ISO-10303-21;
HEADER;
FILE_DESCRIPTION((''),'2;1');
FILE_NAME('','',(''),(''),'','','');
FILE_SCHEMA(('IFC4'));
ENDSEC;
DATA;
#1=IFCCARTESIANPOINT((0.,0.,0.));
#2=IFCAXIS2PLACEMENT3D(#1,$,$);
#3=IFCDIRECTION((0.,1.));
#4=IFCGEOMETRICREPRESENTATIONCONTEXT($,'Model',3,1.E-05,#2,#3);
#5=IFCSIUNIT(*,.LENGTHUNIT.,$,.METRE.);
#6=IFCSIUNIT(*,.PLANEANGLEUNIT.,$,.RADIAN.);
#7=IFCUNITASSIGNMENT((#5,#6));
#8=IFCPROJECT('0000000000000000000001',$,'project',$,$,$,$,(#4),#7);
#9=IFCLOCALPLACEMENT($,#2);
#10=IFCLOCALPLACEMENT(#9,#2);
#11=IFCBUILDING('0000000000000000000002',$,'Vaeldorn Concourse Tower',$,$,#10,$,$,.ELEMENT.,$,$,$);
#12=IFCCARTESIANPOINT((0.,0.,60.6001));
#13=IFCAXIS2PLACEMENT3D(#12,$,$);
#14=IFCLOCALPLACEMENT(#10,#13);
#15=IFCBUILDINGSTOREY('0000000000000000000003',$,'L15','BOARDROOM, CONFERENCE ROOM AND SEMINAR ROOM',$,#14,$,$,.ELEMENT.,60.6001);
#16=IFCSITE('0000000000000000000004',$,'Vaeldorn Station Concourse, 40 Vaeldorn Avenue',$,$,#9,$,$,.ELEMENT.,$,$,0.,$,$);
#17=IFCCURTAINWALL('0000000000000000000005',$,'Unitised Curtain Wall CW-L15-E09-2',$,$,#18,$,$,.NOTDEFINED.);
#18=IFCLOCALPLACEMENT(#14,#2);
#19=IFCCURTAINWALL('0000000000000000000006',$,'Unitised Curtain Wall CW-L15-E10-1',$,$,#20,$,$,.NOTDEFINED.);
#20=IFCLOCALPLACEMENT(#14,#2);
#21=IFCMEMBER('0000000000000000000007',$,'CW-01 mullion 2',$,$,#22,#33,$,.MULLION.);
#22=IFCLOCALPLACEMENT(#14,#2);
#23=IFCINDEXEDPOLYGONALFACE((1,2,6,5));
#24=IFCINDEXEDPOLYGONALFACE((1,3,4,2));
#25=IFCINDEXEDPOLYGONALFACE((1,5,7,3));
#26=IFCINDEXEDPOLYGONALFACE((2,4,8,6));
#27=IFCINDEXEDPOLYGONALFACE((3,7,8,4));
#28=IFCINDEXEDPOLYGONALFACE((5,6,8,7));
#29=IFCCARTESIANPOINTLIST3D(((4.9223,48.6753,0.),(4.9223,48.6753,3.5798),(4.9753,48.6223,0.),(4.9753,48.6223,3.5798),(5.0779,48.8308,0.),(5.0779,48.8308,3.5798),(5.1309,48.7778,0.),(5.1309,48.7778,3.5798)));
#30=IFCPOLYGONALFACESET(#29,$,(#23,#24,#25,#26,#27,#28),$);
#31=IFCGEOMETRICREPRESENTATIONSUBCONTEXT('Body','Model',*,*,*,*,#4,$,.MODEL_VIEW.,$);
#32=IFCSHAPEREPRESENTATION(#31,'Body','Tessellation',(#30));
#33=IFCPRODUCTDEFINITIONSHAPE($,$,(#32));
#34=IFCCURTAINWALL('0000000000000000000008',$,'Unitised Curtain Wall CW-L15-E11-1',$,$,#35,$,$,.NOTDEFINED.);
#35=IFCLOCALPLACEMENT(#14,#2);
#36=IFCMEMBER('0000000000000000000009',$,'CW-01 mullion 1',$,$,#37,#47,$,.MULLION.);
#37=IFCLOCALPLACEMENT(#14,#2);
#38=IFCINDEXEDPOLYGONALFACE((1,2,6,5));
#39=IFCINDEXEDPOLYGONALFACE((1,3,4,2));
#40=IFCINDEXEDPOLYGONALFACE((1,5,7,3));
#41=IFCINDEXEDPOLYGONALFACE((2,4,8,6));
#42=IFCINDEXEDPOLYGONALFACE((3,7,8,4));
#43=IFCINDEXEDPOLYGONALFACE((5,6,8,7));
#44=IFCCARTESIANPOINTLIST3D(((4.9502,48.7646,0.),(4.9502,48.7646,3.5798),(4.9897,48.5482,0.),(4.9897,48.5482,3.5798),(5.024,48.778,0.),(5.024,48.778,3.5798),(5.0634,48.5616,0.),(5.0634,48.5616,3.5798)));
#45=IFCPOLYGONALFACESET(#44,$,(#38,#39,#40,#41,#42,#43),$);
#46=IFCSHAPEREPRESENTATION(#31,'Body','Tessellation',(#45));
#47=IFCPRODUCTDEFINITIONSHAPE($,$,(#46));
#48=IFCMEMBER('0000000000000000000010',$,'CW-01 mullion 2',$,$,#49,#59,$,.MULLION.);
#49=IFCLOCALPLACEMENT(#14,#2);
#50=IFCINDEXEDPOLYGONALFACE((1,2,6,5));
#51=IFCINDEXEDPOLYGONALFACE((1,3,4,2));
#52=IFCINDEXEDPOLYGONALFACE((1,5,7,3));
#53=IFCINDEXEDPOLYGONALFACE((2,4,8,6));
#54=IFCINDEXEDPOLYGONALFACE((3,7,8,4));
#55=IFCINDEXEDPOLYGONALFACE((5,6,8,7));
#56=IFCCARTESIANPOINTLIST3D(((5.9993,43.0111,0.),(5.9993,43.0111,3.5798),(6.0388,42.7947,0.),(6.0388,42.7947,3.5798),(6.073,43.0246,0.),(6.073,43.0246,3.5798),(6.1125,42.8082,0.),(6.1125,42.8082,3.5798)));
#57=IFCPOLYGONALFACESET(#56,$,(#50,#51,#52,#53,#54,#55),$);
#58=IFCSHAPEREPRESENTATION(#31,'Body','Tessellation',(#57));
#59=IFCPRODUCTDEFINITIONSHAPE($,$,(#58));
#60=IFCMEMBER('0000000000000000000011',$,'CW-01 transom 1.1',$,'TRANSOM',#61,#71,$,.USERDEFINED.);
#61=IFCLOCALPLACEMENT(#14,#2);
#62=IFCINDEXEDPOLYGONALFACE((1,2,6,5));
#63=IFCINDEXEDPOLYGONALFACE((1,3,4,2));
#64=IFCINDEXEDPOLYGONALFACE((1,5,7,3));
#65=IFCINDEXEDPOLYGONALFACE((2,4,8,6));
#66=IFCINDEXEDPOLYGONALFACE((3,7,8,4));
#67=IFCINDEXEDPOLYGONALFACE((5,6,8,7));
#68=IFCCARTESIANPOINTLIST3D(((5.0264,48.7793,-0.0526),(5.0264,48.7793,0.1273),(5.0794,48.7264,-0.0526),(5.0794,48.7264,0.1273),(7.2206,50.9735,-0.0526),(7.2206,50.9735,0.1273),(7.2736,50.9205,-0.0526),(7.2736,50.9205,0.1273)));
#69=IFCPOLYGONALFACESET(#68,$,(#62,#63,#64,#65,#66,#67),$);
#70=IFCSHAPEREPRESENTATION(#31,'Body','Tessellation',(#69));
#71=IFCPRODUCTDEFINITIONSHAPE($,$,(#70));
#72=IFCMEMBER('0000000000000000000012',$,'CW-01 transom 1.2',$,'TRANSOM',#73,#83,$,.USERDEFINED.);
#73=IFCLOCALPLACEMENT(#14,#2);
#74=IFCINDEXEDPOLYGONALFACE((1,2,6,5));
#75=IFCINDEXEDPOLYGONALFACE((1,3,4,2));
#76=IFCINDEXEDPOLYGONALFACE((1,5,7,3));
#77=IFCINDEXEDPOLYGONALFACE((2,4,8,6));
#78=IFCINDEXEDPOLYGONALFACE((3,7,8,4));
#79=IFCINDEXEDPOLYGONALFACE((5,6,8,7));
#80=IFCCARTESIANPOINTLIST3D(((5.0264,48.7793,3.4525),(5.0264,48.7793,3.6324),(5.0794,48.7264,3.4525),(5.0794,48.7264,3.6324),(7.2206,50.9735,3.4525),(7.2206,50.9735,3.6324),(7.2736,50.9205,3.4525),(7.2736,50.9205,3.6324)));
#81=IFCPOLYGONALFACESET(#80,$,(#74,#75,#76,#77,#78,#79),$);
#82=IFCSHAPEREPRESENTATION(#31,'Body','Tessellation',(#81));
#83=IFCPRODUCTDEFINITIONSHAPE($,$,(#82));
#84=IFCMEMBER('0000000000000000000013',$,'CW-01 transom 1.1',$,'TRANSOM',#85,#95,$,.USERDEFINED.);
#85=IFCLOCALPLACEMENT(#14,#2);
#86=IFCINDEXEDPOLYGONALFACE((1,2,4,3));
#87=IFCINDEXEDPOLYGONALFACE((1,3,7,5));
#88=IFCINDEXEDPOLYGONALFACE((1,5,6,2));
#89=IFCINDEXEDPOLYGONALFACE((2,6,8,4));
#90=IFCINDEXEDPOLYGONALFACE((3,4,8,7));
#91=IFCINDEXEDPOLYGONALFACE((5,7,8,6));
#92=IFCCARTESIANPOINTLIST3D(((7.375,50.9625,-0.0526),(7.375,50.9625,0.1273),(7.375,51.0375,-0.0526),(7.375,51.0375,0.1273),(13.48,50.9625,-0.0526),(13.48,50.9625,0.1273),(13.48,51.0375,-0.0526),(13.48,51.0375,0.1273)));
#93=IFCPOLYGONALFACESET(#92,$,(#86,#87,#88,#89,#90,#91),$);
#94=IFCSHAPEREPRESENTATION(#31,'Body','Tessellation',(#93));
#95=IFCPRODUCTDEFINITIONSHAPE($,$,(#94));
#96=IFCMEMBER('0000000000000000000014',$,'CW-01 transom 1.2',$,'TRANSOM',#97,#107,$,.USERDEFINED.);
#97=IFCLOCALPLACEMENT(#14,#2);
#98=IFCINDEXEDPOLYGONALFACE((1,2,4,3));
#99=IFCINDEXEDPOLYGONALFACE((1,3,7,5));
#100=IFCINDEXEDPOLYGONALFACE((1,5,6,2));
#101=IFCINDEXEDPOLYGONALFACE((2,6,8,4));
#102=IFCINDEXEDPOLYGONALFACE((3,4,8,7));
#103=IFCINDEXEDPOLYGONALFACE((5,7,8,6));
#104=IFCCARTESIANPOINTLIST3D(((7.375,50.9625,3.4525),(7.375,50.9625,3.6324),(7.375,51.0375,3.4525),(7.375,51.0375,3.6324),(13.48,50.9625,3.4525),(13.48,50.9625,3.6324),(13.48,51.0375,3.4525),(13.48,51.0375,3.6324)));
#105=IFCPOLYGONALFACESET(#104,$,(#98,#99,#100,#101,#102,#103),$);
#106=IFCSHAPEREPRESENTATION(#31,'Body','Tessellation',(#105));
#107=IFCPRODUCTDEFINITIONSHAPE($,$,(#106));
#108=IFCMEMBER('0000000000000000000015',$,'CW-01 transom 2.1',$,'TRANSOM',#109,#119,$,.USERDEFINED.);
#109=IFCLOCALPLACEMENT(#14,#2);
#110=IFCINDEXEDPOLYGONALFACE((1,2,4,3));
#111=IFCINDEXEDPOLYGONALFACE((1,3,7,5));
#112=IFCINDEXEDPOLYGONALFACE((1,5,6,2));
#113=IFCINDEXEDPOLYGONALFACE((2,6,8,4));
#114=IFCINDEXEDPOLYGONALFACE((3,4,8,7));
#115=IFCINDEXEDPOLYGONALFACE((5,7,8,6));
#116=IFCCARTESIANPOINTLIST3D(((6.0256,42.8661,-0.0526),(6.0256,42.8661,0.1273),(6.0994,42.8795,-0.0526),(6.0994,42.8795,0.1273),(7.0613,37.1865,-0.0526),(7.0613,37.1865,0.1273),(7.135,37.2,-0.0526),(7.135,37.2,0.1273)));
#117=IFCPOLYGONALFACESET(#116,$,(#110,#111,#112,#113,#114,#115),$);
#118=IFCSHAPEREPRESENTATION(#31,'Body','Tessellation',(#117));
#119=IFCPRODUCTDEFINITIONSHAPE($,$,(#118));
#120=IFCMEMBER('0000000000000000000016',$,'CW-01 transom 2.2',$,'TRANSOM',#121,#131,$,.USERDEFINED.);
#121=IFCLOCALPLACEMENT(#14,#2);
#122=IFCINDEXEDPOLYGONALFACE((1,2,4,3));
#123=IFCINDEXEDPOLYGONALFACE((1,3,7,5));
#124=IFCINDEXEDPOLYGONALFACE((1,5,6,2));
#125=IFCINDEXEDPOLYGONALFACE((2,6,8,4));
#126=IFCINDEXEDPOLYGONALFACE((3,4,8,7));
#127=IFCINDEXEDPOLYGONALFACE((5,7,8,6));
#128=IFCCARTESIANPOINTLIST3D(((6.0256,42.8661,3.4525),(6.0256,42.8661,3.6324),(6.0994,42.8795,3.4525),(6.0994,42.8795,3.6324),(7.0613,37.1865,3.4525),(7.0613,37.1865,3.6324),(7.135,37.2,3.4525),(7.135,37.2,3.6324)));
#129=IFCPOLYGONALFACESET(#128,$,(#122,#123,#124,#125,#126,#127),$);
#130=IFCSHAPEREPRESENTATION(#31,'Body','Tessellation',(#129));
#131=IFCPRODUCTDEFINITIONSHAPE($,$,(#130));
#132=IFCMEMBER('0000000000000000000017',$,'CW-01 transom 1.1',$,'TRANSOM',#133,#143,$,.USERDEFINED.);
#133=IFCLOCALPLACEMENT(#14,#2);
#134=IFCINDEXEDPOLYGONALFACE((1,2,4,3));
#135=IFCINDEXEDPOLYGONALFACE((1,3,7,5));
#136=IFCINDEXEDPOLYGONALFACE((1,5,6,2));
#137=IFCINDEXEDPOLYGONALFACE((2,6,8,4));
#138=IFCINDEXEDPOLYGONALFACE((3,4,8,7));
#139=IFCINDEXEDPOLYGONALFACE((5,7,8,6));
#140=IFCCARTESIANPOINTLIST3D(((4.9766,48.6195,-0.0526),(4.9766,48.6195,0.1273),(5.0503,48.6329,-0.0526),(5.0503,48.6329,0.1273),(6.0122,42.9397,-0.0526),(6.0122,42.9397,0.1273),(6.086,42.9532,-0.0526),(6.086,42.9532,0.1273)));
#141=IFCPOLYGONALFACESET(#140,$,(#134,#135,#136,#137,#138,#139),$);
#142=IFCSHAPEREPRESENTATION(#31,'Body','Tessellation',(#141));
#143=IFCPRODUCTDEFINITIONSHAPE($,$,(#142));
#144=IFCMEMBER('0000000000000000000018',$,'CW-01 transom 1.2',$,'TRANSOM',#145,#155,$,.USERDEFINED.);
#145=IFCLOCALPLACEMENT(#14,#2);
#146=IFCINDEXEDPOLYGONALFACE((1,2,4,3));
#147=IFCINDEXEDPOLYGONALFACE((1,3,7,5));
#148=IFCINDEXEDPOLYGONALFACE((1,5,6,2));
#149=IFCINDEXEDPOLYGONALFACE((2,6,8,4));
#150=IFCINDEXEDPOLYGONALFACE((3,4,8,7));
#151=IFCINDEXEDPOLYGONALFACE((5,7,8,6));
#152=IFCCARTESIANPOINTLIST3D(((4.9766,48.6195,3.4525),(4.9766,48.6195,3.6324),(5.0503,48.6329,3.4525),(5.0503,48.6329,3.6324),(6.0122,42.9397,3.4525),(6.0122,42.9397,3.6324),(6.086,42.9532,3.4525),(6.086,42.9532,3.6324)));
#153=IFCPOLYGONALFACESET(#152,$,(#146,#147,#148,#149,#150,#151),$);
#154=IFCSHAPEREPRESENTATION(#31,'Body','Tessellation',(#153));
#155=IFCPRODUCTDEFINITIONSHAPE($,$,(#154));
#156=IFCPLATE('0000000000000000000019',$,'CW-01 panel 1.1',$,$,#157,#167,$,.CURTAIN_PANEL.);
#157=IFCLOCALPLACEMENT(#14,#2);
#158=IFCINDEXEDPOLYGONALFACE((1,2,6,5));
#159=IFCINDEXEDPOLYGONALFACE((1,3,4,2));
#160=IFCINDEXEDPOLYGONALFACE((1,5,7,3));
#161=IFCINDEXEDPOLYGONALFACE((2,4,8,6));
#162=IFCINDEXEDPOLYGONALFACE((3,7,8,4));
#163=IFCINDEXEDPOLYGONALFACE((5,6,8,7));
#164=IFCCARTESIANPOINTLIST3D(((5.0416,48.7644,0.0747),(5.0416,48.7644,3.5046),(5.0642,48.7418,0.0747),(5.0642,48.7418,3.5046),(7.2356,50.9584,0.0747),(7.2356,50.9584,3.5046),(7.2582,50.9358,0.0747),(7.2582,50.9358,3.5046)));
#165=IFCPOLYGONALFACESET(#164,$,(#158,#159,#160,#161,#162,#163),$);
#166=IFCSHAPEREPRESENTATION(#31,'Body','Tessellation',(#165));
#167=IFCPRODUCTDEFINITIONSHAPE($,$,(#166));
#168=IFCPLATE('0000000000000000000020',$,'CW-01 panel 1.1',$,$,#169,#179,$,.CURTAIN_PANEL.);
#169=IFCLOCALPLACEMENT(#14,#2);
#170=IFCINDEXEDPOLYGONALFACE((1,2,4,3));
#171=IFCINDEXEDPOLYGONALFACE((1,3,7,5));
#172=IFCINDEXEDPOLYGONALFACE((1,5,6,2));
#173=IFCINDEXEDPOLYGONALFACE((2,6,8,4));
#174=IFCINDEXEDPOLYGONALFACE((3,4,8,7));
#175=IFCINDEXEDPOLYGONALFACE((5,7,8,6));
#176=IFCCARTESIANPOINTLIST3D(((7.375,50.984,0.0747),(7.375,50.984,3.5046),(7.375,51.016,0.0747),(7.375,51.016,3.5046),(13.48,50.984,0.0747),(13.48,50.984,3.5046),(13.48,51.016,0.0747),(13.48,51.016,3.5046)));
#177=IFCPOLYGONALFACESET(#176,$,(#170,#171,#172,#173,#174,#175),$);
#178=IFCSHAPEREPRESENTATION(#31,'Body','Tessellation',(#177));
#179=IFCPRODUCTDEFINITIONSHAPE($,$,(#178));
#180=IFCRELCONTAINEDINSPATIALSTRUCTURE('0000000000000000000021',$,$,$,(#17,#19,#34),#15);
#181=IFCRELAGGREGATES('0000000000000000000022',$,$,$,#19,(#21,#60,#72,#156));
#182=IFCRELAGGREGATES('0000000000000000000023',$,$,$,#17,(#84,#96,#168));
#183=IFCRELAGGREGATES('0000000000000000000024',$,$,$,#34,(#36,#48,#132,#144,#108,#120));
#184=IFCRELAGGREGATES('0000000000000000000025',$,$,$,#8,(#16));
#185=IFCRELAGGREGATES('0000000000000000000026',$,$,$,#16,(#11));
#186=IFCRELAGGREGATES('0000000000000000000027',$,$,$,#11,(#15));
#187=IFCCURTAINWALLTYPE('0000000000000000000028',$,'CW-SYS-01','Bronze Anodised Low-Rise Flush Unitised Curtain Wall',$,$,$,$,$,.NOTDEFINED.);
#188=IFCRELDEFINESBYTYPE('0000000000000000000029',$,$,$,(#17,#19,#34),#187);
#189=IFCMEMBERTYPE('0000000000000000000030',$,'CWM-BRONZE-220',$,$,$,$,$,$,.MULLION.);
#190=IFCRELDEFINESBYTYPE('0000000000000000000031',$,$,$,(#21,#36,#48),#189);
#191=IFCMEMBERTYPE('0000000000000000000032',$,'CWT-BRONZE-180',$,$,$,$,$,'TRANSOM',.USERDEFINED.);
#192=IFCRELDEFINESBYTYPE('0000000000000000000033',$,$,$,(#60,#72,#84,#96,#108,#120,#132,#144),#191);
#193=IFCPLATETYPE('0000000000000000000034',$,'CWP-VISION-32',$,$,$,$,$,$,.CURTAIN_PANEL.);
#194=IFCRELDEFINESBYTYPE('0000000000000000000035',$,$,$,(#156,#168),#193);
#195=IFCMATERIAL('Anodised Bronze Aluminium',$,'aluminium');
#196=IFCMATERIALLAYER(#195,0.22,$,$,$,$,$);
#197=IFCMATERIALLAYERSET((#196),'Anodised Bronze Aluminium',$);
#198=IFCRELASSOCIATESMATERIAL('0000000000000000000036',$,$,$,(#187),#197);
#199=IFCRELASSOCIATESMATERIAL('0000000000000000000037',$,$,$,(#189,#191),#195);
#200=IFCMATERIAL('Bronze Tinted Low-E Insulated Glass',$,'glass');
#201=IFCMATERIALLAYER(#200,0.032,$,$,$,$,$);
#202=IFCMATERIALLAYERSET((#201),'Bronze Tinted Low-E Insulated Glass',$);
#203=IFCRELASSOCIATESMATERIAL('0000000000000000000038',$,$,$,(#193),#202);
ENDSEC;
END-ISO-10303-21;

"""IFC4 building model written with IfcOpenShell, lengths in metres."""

from ifc_helpers import new_model, si_unit, direction, frame, origin, origin_2d, place, context, subcontext, project, spatial, rectangle, extrude, source, transform, mapped, material, layer, layer_set, material_profile, profile_set, type_object, element, aggregate, save


model = new_model("IFC4")

# Units and contexts
model_context = context("Model", 3, precision=1e-05, world=origin(), true_north=direction((0.0, 1.0)))
body_context = subcontext(model_context, "Body", "Model", "MODEL_VIEW")
ifc_project = project(units=[si_unit("LENGTHUNIT", "METRE"), si_unit("PLANEANGLEUNIT", "RADIAN")], contexts=[model_context])

# Site, building, storey
site_placement = place(None, origin())
site = spatial("IfcSite", under=ifc_project, at=site_placement, Name="Vaeldorn Station Concourse, 40 Vaeldorn Avenue", CompositionType="ELEMENT", RefElevation=0.0)
building_placement = place(site_placement, origin())
building = spatial("IfcBuilding", under=site, at=building_placement, Name="Vaeldorn Concourse Tower", CompositionType="ELEMENT")
storey_placement = place(building_placement, frame((0.0, 0.0, 60.6001)))
storey = spatial("IfcBuildingStorey", under=building, at=storey_placement, Name="L15", Description="BOARDROOM, CONFERENCE ROOM AND SEMINAR ROOM", CompositionType="ELEMENT", Elevation=60.6001)

# Curtain walls, members
ifc_material_1 = material(Name="Anodised Bronze Aluminium", Category="aluminium")
ifc_layer_1 = layer(ifc_material_1, 0.22)
ifc_layer_set_1 = layer_set([ifc_layer_1], Name="Anodised Bronze Aluminium")
curtain_wall_type = type_object("IfcCurtainWallType", Name="CW-SYS-01", Description="Bronze Anodised Low-Rise Flush Unitised Curtain Wall", PredefinedType="NOTDEFINED", material=ifc_layer_set_1)
curtain_wall_1_placement = place(storey_placement, origin())
curtain_wall_1 = element("IfcCurtainWall", 1, at=curtain_wall_1_placement, inside=storey, type_object=curtain_wall_type, Name="Unitised Curtain Wall CW-L15-E09-2", PredefinedType="NOTDEFINED")
ifc_material_profile_1 = material_profile(ifc_material_1, rectangle(XDim=0.075, YDim=0.22, at=origin_2d()), Name="CWM 75x220")
ifc_profile_set_1 = profile_set([ifc_material_profile_1], Name="Anodised Bronze Aluminium")
member_type_1 = type_object("IfcMemberType", Name="CWM-BRONZE-220", PredefinedType="MULLION", material=ifc_profile_set_1)
shared_shape_1 = source(origin(), body_context, "Body", "SweptSolid", [
    extrude(rectangle(XDim=0.075, YDim=0.22, at=origin_2d()), origin(), (0.0, 0.0, 1.0), 3.5798),
])
curtain_wall_2_placement = place(storey_placement, origin())
curtain_wall_2 = element("IfcCurtainWall", 2, at=curtain_wall_2_placement, inside=storey, type_object=curtain_wall_type, Name="Unitised Curtain Wall CW-L15-E10-1", PredefinedType="NOTDEFINED")
member_1_placement = place(storey_placement, frame((5.0266, 48.7266, 0.0), z_axis=(0.0, 0.0, 1.0), x_axis=(0.707107, -0.707107, 0.0)))
member_1 = element("IfcMember", 3, at=member_1_placement, type_object=member_type_1, Name="CW-01 mullion 2", PredefinedType="MULLION", context=body_context, shape_type="MappedRepresentation", body=[
    mapped(shared_shape_1, transform((0.0, 0.0, 0.0), scale=1.0)),
])
curtain_wall_3_placement = place(storey_placement, origin())
curtain_wall_3 = element("IfcCurtainWall", 4, at=curtain_wall_3_placement, inside=storey, type_object=curtain_wall_type, Name="Unitised Curtain Wall CW-L15-E11-1", PredefinedType="NOTDEFINED")
member_2_placement = place(storey_placement, frame((5.0068, 48.6631, 0.0), z_axis=(0.0, 0.0, 1.0), x_axis=(0.983779, 0.179383, 0.0)))
member_2 = element("IfcMember", 5, at=member_2_placement, type_object=member_type_1, Name="CW-01 mullion 1", PredefinedType="MULLION", context=body_context, shape_type="MappedRepresentation", body=[
    mapped(shared_shape_1, transform((0.0, 0.0, 0.0), scale=1.0)),
])
member_3_placement = place(storey_placement, frame((6.0559, 42.9097, 0.0), z_axis=(0.0, 0.0, 1.0), x_axis=(0.983779, 0.179383, 0.0)))
member_3 = element("IfcMember", 6, at=member_3_placement, type_object=member_type_1, Name="CW-01 mullion 2", PredefinedType="MULLION", context=body_context, shape_type="MappedRepresentation", body=[
    mapped(shared_shape_1, transform((0.0, 0.0, 0.0), scale=1.0)),
])

# Members
ifc_material_profile_2 = material_profile(ifc_material_1, rectangle(XDim=0.075, YDim=0.1799, at=origin_2d()), Name="CWT 75x180")
ifc_profile_set_2 = profile_set([ifc_material_profile_2], Name="Anodised Bronze Aluminium")
member_type_2 = type_object("IfcMemberType", Name="CWT-BRONZE-180", ElementType="TRANSOM", PredefinedType="USERDEFINED", material=ifc_profile_set_2)
shared_shape_2 = source(origin(), body_context, "Body", "SweptSolid", [
    extrude(rectangle(XDim=0.075, YDim=0.1799, at=origin_2d()), origin(), (0.0, 0.0, 1.0), 3.103),
])
member_4_placement = place(storey_placement, frame((7.2471, 50.947, 0.0374), z_axis=(-0.707107, -0.707107, 0.0), x_axis=(0.707107, -0.707107, 0.0)))
member_4 = element("IfcMember", 7, at=member_4_placement, type_object=member_type_2, Name="CW-01 transom 1.1", ObjectType="TRANSOM", PredefinedType="USERDEFINED", context=body_context, shape_type="MappedRepresentation", body=[
    mapped(shared_shape_2, transform((0.0, 0.0, 0.0), scale=1.0)),
])
member_5_placement = place(storey_placement, frame((7.2471, 50.947, 3.5425), z_axis=(-0.707107, -0.707107, 0.0), x_axis=(0.707107, -0.707107, 0.0)))
member_5 = element("IfcMember", 8, at=member_5_placement, type_object=member_type_2, Name="CW-01 transom 1.2", ObjectType="TRANSOM", PredefinedType="USERDEFINED", context=body_context, shape_type="MappedRepresentation", body=[
    mapped(shared_shape_2, transform((0.0, 0.0, 0.0), scale=1.0)),
])
shared_shape_3 = source(origin(), body_context, "Body", "SweptSolid", [
    extrude(rectangle(XDim=0.075, YDim=0.1799, at=origin_2d()), origin(), (0.0, 0.0, 1.0), 6.105),
])
member_6_placement = place(storey_placement, frame((13.48, 51.0, 0.0374), z_axis=(-1.0, 0.0, 0.0), x_axis=(0.0, -1.0, 0.0)))
member_6 = element("IfcMember", 9, at=member_6_placement, type_object=member_type_2, Name="CW-01 transom 1.1", ObjectType="TRANSOM", PredefinedType="USERDEFINED", context=body_context, shape_type="MappedRepresentation", body=[
    mapped(shared_shape_3, transform((0.0, 0.0, 0.0), scale=1.0)),
])
member_7_placement = place(storey_placement, frame((13.48, 51.0, 3.5425), z_axis=(-1.0, 0.0, 0.0), x_axis=(0.0, -1.0, 0.0)))
member_7 = element("IfcMember", 10, at=member_7_placement, type_object=member_type_2, Name="CW-01 transom 1.2", ObjectType="TRANSOM", PredefinedType="USERDEFINED", context=body_context, shape_type="MappedRepresentation", body=[
    mapped(shared_shape_3, transform((0.0, 0.0, 0.0), scale=1.0)),
])
shared_shape_4 = source(origin(), body_context, "Body", "SweptSolid", [
    extrude(rectangle(XDim=0.075, YDim=0.1799, at=origin_2d()), origin(), (0.0, 0.0, 1.0), 5.7732),
])
member_8_placement = place(storey_placement, frame((6.0625, 42.8728, 0.0374), z_axis=(0.179392, -0.983778, 0.0), x_axis=(0.983778, 0.179392, 0.0)))
member_8 = element("IfcMember", 11, at=member_8_placement, type_object=member_type_2, Name="CW-01 transom 2.1", ObjectType="TRANSOM", PredefinedType="USERDEFINED", context=body_context, shape_type="MappedRepresentation", body=[
    mapped(shared_shape_4, transform((0.0, 0.0, 0.0), scale=1.0)),
])
member_9_placement = place(storey_placement, frame((6.0625, 42.8728, 3.5425), z_axis=(0.179392, -0.983778, 0.0), x_axis=(0.983778, 0.179392, 0.0)))
member_9 = element("IfcMember", 12, at=member_9_placement, type_object=member_type_2, Name="CW-01 transom 2.2", ObjectType="TRANSOM", PredefinedType="USERDEFINED", context=body_context, shape_type="MappedRepresentation", body=[
    mapped(shared_shape_4, transform((0.0, 0.0, 0.0), scale=1.0)),
])
shared_shape_5 = source(origin(), body_context, "Body", "SweptSolid", [
    extrude(rectangle(XDim=0.075, YDim=0.1799, at=origin_2d()), origin(), (0.0, 0.0, 1.0), 5.7734),
])
member_10_placement = place(storey_placement, frame((5.0134, 48.6262, 0.0374), z_axis=(0.179384, -0.983779, 0.0), x_axis=(0.983779, 0.179384, 0.0)))
member_10 = element("IfcMember", 13, at=member_10_placement, type_object=member_type_2, Name="CW-01 transom 1.1", ObjectType="TRANSOM", PredefinedType="USERDEFINED", context=body_context, shape_type="MappedRepresentation", body=[
    mapped(shared_shape_5, transform((0.0, 0.0, 0.0), scale=1.0)),
])
member_11_placement = place(storey_placement, frame((5.0134, 48.6262, 3.5425), z_axis=(0.179384, -0.983779, 0.0), x_axis=(0.983779, 0.179384, 0.0)))
member_11 = element("IfcMember", 14, at=member_11_placement, type_object=member_type_2, Name="CW-01 transom 1.2", ObjectType="TRANSOM", PredefinedType="USERDEFINED", context=body_context, shape_type="MappedRepresentation", body=[
    mapped(shared_shape_5, transform((0.0, 0.0, 0.0), scale=1.0)),
])

# Plates
ifc_material_2 = material(Name="Bronze Tinted Low-E Insulated Glass", Category="glass")
ifc_layer_2 = layer(ifc_material_2, 0.032)
ifc_layer_set_2 = layer_set([ifc_layer_2], Name="Bronze Tinted Low-E Insulated Glass")
plate_type = type_object("IfcPlateType", Name="CWP-VISION-32", PredefinedType="CURTAIN_PANEL", material=ifc_layer_set_2)
shared_shape_6 = source(origin(), body_context, "Body", "SweptSolid", [
    extrude(rectangle(XDim=3.1028, YDim=0.032, at=origin_2d()), origin(), (0.0, 0.0, 1.0), 3.4299),
])
plate_1_placement = place(storey_placement, frame((6.1499, 49.8501, 0.0747), z_axis=(0.0, 0.0, 1.0), x_axis=(-0.707107, -0.707107, 0.0)))
plate_1 = element("IfcPlate", 15, at=plate_1_placement, type_object=plate_type, Name="CW-01 panel 1.1", PredefinedType="CURTAIN_PANEL", context=body_context, shape_type="MappedRepresentation", body=[
    mapped(shared_shape_6, transform((0.0, 0.0, 0.0), scale=1.0)),
])
aggregate(curtain_wall_2, [member_1, member_4, member_5, plate_1])
shared_shape_7 = source(origin(), body_context, "Body", "SweptSolid", [
    extrude(rectangle(XDim=6.105, YDim=0.032, at=origin_2d()), origin(), (0.0, 0.0, 1.0), 3.4299),
])
plate_2_placement = place(storey_placement, frame((10.4275, 51.0, 0.0747), z_axis=(0.0, 0.0, 1.0), x_axis=(-1.0, 0.0, 0.0)))
plate_2 = element("IfcPlate", 16, at=plate_2_placement, type_object=plate_type, Name="CW-01 panel 1.1", PredefinedType="CURTAIN_PANEL", context=body_context, shape_type="MappedRepresentation", body=[
    mapped(shared_shape_7, transform((0.0, 0.0, 0.0), scale=1.0)),
])
aggregate(curtain_wall_1, [member_6, member_7, plate_2])
aggregate(curtain_wall_3, [member_2, member_3, member_10, member_11, member_8, member_9])

save(model, "model.ifc")
